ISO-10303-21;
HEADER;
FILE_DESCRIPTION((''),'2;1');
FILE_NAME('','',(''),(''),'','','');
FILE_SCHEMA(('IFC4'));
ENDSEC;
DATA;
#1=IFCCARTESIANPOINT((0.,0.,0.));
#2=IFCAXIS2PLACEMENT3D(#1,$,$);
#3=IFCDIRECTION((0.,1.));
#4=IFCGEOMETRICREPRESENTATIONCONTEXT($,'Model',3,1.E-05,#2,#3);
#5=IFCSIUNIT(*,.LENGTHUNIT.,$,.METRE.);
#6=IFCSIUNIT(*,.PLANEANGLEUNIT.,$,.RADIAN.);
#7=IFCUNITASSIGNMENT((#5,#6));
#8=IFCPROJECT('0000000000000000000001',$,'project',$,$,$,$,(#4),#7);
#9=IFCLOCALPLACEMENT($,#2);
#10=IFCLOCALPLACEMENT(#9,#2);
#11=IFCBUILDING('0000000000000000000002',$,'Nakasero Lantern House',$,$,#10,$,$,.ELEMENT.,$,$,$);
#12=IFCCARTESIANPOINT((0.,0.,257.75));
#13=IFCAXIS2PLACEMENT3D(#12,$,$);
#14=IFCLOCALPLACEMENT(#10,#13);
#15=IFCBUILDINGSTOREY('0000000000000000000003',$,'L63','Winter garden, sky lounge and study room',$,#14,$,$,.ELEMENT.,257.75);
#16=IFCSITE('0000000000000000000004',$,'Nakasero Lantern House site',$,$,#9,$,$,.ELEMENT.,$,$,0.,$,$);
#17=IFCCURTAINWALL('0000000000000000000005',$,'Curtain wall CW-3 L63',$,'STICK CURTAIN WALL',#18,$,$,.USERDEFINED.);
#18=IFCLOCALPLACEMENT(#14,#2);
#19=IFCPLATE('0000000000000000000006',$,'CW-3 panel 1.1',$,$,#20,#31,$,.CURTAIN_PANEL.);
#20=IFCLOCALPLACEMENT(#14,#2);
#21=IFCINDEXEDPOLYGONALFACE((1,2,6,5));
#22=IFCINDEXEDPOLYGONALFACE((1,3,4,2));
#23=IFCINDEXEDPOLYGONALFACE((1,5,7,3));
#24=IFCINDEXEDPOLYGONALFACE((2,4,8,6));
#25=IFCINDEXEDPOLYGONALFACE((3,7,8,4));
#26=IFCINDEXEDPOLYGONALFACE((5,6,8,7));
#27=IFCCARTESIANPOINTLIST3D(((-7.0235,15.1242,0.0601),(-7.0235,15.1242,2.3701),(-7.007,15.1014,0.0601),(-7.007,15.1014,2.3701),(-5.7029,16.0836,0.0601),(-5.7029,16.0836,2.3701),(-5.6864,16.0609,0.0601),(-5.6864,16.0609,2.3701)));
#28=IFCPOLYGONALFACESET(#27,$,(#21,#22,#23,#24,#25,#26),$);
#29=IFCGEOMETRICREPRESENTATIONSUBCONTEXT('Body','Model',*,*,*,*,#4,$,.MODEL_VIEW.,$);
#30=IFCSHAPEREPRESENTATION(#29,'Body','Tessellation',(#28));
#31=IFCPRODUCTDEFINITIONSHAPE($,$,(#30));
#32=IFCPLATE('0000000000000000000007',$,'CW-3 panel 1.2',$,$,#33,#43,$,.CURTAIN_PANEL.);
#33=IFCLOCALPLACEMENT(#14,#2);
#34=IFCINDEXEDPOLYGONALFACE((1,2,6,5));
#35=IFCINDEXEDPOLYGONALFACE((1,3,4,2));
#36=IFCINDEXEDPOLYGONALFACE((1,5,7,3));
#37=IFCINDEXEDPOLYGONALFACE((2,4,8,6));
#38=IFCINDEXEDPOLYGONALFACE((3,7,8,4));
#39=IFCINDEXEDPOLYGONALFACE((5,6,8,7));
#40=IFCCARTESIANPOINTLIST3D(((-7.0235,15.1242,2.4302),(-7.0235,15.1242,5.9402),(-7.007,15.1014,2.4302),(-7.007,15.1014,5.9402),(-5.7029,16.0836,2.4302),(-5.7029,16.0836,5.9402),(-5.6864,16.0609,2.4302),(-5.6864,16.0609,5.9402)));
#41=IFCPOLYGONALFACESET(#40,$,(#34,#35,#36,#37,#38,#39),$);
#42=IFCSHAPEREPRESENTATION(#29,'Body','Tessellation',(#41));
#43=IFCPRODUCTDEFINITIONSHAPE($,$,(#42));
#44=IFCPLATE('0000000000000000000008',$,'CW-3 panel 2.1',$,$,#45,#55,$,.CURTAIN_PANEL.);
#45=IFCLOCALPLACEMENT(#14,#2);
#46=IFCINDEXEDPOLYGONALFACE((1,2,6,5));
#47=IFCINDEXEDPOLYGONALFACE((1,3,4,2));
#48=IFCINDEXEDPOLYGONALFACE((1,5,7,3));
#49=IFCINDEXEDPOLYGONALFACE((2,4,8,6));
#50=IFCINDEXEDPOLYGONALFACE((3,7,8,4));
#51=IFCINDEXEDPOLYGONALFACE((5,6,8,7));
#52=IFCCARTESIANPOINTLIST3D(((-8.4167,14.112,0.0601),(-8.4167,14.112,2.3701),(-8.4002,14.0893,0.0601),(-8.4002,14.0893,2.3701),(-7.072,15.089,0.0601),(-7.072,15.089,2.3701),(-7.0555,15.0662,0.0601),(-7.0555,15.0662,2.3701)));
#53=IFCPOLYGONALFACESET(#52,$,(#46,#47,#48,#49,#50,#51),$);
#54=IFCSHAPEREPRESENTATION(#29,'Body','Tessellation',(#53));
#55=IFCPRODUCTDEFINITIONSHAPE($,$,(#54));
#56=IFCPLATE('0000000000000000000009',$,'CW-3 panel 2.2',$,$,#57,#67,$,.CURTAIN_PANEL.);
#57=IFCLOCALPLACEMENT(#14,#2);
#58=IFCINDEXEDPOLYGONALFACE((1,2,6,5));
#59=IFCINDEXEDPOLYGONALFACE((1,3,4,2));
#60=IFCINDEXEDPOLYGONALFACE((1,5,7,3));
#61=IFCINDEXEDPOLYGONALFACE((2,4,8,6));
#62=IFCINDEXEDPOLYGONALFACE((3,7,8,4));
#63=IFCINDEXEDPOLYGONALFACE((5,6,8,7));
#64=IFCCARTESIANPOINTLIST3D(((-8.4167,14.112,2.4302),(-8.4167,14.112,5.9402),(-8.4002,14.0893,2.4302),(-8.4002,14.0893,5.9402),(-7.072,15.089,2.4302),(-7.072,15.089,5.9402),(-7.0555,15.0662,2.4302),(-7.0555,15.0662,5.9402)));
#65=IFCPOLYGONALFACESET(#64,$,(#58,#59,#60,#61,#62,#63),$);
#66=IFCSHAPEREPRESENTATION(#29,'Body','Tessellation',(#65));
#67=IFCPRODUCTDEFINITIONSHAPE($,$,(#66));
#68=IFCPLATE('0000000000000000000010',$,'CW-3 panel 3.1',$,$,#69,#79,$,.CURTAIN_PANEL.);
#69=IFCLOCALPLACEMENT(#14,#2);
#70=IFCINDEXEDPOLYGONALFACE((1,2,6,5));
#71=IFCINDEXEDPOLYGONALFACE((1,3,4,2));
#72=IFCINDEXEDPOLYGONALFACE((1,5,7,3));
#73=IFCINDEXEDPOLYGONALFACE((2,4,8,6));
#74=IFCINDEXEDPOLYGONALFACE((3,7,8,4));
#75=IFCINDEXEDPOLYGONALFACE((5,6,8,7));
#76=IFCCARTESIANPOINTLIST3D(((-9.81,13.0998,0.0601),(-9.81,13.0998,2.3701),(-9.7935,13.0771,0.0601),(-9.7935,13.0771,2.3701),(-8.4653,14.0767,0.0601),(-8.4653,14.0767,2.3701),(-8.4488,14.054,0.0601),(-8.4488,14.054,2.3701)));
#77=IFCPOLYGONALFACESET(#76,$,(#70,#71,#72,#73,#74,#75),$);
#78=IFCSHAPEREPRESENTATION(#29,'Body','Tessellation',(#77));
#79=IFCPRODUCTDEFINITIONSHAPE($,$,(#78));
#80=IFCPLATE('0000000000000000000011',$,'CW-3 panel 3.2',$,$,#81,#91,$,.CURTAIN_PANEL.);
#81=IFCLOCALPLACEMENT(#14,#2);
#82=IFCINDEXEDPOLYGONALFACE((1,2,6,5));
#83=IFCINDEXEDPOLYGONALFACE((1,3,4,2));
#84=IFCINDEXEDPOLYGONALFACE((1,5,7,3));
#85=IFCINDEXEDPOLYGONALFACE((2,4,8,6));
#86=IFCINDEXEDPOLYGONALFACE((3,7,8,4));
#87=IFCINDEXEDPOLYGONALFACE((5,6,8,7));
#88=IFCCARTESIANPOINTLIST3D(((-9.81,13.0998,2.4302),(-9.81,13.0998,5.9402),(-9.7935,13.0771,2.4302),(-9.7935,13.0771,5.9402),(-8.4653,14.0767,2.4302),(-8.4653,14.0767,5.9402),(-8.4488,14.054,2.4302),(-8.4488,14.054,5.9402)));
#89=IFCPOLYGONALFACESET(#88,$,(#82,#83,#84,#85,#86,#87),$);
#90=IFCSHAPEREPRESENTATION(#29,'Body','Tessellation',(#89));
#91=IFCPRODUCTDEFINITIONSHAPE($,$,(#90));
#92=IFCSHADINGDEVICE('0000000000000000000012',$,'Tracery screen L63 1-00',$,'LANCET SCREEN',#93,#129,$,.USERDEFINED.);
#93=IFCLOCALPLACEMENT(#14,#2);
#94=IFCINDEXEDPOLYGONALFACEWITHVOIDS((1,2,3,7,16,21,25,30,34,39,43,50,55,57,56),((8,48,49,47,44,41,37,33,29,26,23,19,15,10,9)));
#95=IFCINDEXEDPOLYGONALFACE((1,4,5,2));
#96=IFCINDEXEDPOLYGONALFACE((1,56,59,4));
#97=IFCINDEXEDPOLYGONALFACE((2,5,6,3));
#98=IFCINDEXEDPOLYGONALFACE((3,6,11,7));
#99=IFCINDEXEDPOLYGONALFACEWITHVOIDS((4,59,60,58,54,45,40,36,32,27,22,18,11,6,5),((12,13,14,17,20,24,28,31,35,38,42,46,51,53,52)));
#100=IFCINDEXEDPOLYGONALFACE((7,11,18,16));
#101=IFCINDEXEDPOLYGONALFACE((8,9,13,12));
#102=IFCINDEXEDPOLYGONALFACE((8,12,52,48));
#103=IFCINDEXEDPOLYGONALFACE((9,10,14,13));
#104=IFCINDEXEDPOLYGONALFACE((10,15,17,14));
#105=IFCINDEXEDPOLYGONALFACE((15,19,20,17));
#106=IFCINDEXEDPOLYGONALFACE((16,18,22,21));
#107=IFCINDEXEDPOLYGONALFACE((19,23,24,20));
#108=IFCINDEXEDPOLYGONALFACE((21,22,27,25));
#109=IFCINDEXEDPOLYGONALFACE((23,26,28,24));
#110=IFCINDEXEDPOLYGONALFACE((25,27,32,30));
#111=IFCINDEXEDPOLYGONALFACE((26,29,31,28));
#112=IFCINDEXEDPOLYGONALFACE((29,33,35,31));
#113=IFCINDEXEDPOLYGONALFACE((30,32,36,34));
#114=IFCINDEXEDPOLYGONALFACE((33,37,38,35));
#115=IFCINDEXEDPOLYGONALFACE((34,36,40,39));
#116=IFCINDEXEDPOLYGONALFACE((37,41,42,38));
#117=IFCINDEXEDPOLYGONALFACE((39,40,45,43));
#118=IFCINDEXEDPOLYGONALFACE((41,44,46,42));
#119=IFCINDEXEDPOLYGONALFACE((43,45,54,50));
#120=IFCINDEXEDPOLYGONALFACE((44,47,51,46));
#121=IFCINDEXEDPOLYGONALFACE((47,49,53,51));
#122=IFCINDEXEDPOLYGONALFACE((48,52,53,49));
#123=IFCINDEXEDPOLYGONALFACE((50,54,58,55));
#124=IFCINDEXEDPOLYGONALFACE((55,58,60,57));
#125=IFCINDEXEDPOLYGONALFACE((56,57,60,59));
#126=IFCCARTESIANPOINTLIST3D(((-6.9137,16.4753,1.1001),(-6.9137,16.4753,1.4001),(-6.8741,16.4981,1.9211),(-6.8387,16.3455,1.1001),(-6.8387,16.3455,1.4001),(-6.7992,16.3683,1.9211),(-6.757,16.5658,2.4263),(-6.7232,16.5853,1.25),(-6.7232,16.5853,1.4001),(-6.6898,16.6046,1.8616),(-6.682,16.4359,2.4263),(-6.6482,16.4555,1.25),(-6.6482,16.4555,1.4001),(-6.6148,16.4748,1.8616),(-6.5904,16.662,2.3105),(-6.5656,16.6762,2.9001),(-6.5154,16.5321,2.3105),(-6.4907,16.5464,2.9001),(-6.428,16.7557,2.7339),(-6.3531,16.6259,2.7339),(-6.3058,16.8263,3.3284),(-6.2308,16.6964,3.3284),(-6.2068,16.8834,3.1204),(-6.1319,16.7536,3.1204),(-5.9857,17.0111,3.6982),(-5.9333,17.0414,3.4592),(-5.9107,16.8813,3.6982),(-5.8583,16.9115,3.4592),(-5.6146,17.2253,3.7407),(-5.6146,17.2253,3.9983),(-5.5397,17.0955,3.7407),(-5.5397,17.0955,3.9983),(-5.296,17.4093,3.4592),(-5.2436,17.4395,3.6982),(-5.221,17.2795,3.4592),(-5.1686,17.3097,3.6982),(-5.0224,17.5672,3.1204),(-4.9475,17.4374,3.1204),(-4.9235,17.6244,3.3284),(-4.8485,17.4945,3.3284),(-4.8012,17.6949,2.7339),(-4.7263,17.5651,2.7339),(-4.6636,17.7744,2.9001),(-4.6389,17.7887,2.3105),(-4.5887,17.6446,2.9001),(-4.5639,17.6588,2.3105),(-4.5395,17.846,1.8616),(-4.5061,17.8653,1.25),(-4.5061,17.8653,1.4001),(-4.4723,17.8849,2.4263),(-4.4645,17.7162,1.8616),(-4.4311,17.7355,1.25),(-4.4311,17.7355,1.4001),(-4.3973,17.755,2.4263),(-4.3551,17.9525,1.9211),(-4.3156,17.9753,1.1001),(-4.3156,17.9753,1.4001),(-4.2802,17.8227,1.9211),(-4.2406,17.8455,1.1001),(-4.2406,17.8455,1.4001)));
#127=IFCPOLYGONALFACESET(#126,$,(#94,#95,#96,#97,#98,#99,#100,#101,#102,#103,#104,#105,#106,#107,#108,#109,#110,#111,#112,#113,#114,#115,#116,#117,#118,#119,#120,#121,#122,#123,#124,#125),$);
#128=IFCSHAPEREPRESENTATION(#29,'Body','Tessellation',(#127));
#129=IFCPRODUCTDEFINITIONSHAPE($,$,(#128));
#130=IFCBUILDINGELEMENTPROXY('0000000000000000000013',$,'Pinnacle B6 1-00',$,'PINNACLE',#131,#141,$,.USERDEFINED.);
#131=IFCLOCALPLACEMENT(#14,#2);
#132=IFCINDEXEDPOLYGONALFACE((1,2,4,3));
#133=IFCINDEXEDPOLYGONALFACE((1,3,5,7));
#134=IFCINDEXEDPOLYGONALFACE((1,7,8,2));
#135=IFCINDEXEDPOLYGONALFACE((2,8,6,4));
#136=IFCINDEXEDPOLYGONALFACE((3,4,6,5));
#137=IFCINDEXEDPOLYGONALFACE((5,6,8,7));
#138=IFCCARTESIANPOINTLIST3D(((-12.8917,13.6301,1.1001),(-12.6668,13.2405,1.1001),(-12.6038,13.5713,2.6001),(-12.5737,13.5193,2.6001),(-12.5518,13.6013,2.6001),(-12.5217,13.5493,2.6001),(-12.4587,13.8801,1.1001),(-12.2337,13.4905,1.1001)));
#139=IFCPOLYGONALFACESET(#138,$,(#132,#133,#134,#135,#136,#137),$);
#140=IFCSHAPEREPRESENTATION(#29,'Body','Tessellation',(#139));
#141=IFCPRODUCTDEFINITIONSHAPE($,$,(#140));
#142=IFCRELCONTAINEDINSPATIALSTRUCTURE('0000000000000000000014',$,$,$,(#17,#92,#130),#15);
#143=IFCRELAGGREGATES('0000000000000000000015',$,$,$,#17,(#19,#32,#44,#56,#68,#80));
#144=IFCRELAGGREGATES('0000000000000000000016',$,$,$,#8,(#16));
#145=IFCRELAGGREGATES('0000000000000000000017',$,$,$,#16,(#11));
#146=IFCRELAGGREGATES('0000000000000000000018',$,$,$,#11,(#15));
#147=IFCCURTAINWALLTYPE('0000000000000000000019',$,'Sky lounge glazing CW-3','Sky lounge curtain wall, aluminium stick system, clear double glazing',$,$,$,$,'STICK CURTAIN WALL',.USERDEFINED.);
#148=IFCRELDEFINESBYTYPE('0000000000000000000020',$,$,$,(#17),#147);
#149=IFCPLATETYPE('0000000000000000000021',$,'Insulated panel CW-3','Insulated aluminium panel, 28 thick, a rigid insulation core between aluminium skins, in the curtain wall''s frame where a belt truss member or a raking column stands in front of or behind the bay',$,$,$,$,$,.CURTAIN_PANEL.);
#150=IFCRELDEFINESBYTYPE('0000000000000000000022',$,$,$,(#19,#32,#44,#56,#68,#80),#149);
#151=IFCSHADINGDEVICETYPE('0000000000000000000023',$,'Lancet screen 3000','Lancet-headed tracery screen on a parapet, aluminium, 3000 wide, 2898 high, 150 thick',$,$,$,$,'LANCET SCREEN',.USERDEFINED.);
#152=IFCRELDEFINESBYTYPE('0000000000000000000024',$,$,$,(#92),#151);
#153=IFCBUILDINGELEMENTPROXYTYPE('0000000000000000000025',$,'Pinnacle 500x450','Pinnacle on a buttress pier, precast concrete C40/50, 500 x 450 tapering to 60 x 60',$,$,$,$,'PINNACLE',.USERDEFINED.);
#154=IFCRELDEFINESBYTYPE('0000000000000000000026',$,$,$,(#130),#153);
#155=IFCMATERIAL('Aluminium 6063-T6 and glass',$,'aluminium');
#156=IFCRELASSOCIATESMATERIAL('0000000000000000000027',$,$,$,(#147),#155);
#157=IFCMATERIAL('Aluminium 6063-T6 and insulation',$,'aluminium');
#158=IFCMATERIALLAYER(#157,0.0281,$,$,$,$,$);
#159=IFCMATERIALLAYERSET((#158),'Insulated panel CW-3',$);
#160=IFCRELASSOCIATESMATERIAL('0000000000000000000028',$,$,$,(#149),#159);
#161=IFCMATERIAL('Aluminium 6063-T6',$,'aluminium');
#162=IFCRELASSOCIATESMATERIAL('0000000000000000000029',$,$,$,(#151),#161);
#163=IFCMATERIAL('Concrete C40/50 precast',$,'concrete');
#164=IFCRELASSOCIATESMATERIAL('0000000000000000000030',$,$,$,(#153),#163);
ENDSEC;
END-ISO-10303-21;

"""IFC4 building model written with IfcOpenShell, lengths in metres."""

from ifc_helpers import new_model, entity, si_unit, direction, frame, origin, origin_2d, place, context, subcontext, project, spatial, polyline, rectangle, outline, extrude, material, layer, layer_set, type_object, element, aggregate, save


model = new_model("IFC4")

# Units and contexts
model_context = context("Model", 3, precision=1e-05, world=origin(), true_north=direction((0.0, 1.0)))
body_context = subcontext(model_context, "Body", "Model", "MODEL_VIEW")
ifc_project = project(units=[si_unit("LENGTHUNIT", "METRE"), si_unit("PLANEANGLEUNIT", "RADIAN")], contexts=[model_context])

# Site, building, storey
site_placement = place(None, origin())
site = spatial("IfcSite", under=ifc_project, at=site_placement, Name="Nakasero Lantern House site", CompositionType="ELEMENT", RefElevation=0.0)
building_placement = place(site_placement, origin())
building = spatial("IfcBuilding", under=site, at=building_placement, Name="Nakasero Lantern House", CompositionType="ELEMENT")
storey_placement = place(building_placement, frame((0.0, 0.0, 257.75)))
storey = spatial("IfcBuildingStorey", under=building, at=storey_placement, Name="L63", Description="Winter garden, sky lounge and study room", CompositionType="ELEMENT", Elevation=257.75)

# Curtain wall
ifc_material_1 = material(Name="Aluminium 6063-T6 and glass", Category="aluminium")
curtain_wall_type = type_object("IfcCurtainWallType", Name="Sky lounge glazing CW-3", Description="Sky lounge curtain wall, aluminium stick system, clear double glazing", ElementType="STICK CURTAIN WALL", PredefinedType="USERDEFINED", material=ifc_material_1)
curtain_wall_placement = place(storey_placement, origin())
curtain_wall = element("IfcCurtainWall", 1, at=curtain_wall_placement, inside=storey, type_object=curtain_wall_type, Name="Curtain wall CW-3 L63", ObjectType="STICK CURTAIN WALL", PredefinedType="USERDEFINED")

# Plates
ifc_material_2 = material(Name="Aluminium 6063-T6 and insulation", Category="aluminium")
ifc_layer = layer(ifc_material_2, 0.0281)
ifc_layer_set = layer_set([ifc_layer], Name="Insulated panel CW-3")
plate_type = type_object("IfcPlateType", Name="Insulated panel CW-3", Description="Insulated aluminium panel, 28 thick, a rigid insulation core between aluminium skins, in the curtain wall's frame where a belt truss member or a raking column stands in front of or behind the bay", PredefinedType="CURTAIN_PANEL", material=ifc_layer_set)
plate_1_placement = place(storey_placement, frame((-6.355, 15.5925, 0.0601), z_axis=(0.0, 0.0, 1.0), x_axis=(-0.809017, -0.587785, 0.0)))
plate_1 = element("IfcPlate", 2, at=plate_1_placement, type_object=plate_type, Name="CW-3 panel 1.1", PredefinedType="CURTAIN_PANEL", context=body_context, shape_type="SweptSolid", body=[
    extrude(rectangle(XDim=1.6323, YDim=0.0281, at=origin_2d()), origin(), (0.0, 0.0, 1.0), 2.3101),
])
plate_2_placement = place(storey_placement, frame((-6.355, 15.5925, 2.4302), z_axis=(0.0, 0.0, 1.0), x_axis=(-0.809017, -0.587785, 0.0)))
plate_2 = element("IfcPlate", 3, at=plate_2_placement, type_object=plate_type, Name="CW-3 panel 1.2", PredefinedType="CURTAIN_PANEL", context=body_context, shape_type="SweptSolid", body=[
    extrude(rectangle(XDim=1.6323, YDim=0.0281, at=origin_2d()), origin(), (0.0, 0.0, 1.0), 3.51),
])
plate_3_placement = place(storey_placement, frame((-7.7361, 14.5891, 0.0601), z_axis=(0.0, 0.0, 1.0), x_axis=(-0.809017, -0.587785, 0.0)))
plate_3 = element("IfcPlate", 4, at=plate_3_placement, type_object=plate_type, Name="CW-3 panel 2.1", PredefinedType="CURTAIN_PANEL", context=body_context, shape_type="SweptSolid", body=[
    extrude(rectangle(XDim=1.6621, YDim=0.0281, at=origin_2d()), origin(), (0.0, 0.0, 1.0), 2.3101),
])
plate_4_placement = place(storey_placement, frame((-7.7361, 14.5891, 2.4302), z_axis=(0.0, 0.0, 1.0), x_axis=(-0.809017, -0.587785, 0.0)))
plate_4 = element("IfcPlate", 5, at=plate_4_placement, type_object=plate_type, Name="CW-3 panel 2.2", PredefinedType="CURTAIN_PANEL", context=body_context, shape_type="SweptSolid", body=[
    extrude(rectangle(XDim=1.6621, YDim=0.0281, at=origin_2d()), origin(), (0.0, 0.0, 1.0), 3.51),
])
plate_5_placement = place(storey_placement, frame((-9.1294, 13.5769, 0.0601), z_axis=(0.0, 0.0, 1.0), x_axis=(-0.809017, -0.587785, 0.0)))
plate_5 = element("IfcPlate", 6, at=plate_5_placement, type_object=plate_type, Name="CW-3 panel 3.1", PredefinedType="CURTAIN_PANEL", context=body_context, shape_type="SweptSolid", body=[
    extrude(rectangle(XDim=1.6621, YDim=0.0281, at=origin_2d()), origin(), (0.0, 0.0, 1.0), 2.3101),
])
plate_6_placement = place(storey_placement, frame((-9.1294, 13.5769, 2.4302), z_axis=(0.0, 0.0, 1.0), x_axis=(-0.809017, -0.587785, 0.0)))
plate_6 = element("IfcPlate", 7, at=plate_6_placement, type_object=plate_type, Name="CW-3 panel 3.2", PredefinedType="CURTAIN_PANEL", context=body_context, shape_type="SweptSolid", body=[
    extrude(rectangle(XDim=1.6621, YDim=0.0281, at=origin_2d()), origin(), (0.0, 0.0, 1.0), 3.51),
])
aggregate(curtain_wall, [plate_1, plate_2, plate_3, plate_4, plate_5, plate_6])

# Shading device
ifc_material_3 = material(Name="Aluminium 6063-T6", Category="aluminium")
shading_device_type = type_object("IfcShadingDeviceType", Name="Lancet screen 3000", Description="Lancet-headed tracery screen on a parapet, aluminium, 3000 wide, 2898 high, 150 thick", ElementType="LANCET SCREEN", PredefinedType="USERDEFINED", material=ifc_material_3)
shading_device_placement = place(storey_placement, frame((-5.5771, 17.1604, 1.1001), z_axis=(0.0, 0.0, 1.0), x_axis=(-0.866025, -0.5, 0.0)))
element("IfcShadingDevice", 8, at=shading_device_placement, inside=storey, type_object=shading_device_type, Name="Tracery screen L63 1-00", ObjectType="LANCET SCREEN", PredefinedType="USERDEFINED", context=body_context, shape_type="SweptSolid", body=[
    extrude(outline(polyline([(-1.5, 0.0), (1.5, 0.0), (1.5, 0.3), (1.4543, 0.821), (1.3191, 1.3262), (1.0981, 1.8), (0.7981, 2.2283), (0.4285, 2.5981), (0.0, 2.8982), (-0.4285, 2.5981), (-0.7981, 2.2283), (-1.0981, 1.8), (-1.3191, 1.3262), (-1.4543, 0.821), (-1.5, 0.3), (-1.5, 0.0)]), holes=[polyline([(-1.28, 0.1499), (1.28, 0.1499), (1.28, 0.3), (1.2415, 0.7615), (1.1267, 1.2104), (0.9392, 1.6338), (0.6838, 2.0203), (0.3679, 2.3591), (0.0, 2.6406), (-0.3679, 2.3591), (-0.6838, 2.0203), (-0.9392, 1.6338), (-1.1267, 1.2104), (-1.2415, 0.7615), (-1.28, 0.3), (-1.28, 0.1499)])]), frame((0.0, 0.075, 0.0), z_axis=(0.0, -1.0, 0.0), x_axis=(1.0, 0.0, 0.0)), (0.0, 0.0, 1.0), 0.1499),
])

# Building element proxy
ifc_material_4 = material(Name="Concrete C40/50 precast", Category="concrete")
building_element_proxy_type = type_object("IfcBuildingElementProxyType", Name="Pinnacle 500x450", Description="Pinnacle on a buttress pier, precast concrete C40/50, 500 x 450 tapering to 60 x 60", ElementType="PINNACLE", PredefinedType="USERDEFINED", material=ifc_material_4)
proxy_placement = place(storey_placement, frame((-12.5627, 13.5603, 1.1001), z_axis=(0.0, 0.0, 1.0), x_axis=(-0.5, 0.866025, 0.0)))
element("IfcBuildingElementProxy", 9, at=proxy_placement, inside=storey, type_object=building_element_proxy_type, Name="Pinnacle B6 1-00", ObjectType="PINNACLE", PredefinedType="USERDEFINED", context=body_context, shape_type="SweptSolid", body=[
    entity("IfcExtrudedAreaSolidTapered", entity("IfcRectangleProfileDef", "AREA", None, entity("IfcAxis2Placement2D", entity("IfcCartesianPoint", [0.0, 0.0])), 0.45, 0.5), entity("IfcAxis2Placement3D", entity("IfcCartesianPoint", [0.0, 0.0, 0.0])), entity("IfcDirection", [0.0, 0.0, 1.0]), 1.5, entity("IfcRectangleProfileDef", "AREA", None, entity("IfcAxis2Placement2D", entity("IfcCartesianPoint", [0.0, 0.0])), 0.0601, 0.0601)),
])

save(model, "model.ifc")
